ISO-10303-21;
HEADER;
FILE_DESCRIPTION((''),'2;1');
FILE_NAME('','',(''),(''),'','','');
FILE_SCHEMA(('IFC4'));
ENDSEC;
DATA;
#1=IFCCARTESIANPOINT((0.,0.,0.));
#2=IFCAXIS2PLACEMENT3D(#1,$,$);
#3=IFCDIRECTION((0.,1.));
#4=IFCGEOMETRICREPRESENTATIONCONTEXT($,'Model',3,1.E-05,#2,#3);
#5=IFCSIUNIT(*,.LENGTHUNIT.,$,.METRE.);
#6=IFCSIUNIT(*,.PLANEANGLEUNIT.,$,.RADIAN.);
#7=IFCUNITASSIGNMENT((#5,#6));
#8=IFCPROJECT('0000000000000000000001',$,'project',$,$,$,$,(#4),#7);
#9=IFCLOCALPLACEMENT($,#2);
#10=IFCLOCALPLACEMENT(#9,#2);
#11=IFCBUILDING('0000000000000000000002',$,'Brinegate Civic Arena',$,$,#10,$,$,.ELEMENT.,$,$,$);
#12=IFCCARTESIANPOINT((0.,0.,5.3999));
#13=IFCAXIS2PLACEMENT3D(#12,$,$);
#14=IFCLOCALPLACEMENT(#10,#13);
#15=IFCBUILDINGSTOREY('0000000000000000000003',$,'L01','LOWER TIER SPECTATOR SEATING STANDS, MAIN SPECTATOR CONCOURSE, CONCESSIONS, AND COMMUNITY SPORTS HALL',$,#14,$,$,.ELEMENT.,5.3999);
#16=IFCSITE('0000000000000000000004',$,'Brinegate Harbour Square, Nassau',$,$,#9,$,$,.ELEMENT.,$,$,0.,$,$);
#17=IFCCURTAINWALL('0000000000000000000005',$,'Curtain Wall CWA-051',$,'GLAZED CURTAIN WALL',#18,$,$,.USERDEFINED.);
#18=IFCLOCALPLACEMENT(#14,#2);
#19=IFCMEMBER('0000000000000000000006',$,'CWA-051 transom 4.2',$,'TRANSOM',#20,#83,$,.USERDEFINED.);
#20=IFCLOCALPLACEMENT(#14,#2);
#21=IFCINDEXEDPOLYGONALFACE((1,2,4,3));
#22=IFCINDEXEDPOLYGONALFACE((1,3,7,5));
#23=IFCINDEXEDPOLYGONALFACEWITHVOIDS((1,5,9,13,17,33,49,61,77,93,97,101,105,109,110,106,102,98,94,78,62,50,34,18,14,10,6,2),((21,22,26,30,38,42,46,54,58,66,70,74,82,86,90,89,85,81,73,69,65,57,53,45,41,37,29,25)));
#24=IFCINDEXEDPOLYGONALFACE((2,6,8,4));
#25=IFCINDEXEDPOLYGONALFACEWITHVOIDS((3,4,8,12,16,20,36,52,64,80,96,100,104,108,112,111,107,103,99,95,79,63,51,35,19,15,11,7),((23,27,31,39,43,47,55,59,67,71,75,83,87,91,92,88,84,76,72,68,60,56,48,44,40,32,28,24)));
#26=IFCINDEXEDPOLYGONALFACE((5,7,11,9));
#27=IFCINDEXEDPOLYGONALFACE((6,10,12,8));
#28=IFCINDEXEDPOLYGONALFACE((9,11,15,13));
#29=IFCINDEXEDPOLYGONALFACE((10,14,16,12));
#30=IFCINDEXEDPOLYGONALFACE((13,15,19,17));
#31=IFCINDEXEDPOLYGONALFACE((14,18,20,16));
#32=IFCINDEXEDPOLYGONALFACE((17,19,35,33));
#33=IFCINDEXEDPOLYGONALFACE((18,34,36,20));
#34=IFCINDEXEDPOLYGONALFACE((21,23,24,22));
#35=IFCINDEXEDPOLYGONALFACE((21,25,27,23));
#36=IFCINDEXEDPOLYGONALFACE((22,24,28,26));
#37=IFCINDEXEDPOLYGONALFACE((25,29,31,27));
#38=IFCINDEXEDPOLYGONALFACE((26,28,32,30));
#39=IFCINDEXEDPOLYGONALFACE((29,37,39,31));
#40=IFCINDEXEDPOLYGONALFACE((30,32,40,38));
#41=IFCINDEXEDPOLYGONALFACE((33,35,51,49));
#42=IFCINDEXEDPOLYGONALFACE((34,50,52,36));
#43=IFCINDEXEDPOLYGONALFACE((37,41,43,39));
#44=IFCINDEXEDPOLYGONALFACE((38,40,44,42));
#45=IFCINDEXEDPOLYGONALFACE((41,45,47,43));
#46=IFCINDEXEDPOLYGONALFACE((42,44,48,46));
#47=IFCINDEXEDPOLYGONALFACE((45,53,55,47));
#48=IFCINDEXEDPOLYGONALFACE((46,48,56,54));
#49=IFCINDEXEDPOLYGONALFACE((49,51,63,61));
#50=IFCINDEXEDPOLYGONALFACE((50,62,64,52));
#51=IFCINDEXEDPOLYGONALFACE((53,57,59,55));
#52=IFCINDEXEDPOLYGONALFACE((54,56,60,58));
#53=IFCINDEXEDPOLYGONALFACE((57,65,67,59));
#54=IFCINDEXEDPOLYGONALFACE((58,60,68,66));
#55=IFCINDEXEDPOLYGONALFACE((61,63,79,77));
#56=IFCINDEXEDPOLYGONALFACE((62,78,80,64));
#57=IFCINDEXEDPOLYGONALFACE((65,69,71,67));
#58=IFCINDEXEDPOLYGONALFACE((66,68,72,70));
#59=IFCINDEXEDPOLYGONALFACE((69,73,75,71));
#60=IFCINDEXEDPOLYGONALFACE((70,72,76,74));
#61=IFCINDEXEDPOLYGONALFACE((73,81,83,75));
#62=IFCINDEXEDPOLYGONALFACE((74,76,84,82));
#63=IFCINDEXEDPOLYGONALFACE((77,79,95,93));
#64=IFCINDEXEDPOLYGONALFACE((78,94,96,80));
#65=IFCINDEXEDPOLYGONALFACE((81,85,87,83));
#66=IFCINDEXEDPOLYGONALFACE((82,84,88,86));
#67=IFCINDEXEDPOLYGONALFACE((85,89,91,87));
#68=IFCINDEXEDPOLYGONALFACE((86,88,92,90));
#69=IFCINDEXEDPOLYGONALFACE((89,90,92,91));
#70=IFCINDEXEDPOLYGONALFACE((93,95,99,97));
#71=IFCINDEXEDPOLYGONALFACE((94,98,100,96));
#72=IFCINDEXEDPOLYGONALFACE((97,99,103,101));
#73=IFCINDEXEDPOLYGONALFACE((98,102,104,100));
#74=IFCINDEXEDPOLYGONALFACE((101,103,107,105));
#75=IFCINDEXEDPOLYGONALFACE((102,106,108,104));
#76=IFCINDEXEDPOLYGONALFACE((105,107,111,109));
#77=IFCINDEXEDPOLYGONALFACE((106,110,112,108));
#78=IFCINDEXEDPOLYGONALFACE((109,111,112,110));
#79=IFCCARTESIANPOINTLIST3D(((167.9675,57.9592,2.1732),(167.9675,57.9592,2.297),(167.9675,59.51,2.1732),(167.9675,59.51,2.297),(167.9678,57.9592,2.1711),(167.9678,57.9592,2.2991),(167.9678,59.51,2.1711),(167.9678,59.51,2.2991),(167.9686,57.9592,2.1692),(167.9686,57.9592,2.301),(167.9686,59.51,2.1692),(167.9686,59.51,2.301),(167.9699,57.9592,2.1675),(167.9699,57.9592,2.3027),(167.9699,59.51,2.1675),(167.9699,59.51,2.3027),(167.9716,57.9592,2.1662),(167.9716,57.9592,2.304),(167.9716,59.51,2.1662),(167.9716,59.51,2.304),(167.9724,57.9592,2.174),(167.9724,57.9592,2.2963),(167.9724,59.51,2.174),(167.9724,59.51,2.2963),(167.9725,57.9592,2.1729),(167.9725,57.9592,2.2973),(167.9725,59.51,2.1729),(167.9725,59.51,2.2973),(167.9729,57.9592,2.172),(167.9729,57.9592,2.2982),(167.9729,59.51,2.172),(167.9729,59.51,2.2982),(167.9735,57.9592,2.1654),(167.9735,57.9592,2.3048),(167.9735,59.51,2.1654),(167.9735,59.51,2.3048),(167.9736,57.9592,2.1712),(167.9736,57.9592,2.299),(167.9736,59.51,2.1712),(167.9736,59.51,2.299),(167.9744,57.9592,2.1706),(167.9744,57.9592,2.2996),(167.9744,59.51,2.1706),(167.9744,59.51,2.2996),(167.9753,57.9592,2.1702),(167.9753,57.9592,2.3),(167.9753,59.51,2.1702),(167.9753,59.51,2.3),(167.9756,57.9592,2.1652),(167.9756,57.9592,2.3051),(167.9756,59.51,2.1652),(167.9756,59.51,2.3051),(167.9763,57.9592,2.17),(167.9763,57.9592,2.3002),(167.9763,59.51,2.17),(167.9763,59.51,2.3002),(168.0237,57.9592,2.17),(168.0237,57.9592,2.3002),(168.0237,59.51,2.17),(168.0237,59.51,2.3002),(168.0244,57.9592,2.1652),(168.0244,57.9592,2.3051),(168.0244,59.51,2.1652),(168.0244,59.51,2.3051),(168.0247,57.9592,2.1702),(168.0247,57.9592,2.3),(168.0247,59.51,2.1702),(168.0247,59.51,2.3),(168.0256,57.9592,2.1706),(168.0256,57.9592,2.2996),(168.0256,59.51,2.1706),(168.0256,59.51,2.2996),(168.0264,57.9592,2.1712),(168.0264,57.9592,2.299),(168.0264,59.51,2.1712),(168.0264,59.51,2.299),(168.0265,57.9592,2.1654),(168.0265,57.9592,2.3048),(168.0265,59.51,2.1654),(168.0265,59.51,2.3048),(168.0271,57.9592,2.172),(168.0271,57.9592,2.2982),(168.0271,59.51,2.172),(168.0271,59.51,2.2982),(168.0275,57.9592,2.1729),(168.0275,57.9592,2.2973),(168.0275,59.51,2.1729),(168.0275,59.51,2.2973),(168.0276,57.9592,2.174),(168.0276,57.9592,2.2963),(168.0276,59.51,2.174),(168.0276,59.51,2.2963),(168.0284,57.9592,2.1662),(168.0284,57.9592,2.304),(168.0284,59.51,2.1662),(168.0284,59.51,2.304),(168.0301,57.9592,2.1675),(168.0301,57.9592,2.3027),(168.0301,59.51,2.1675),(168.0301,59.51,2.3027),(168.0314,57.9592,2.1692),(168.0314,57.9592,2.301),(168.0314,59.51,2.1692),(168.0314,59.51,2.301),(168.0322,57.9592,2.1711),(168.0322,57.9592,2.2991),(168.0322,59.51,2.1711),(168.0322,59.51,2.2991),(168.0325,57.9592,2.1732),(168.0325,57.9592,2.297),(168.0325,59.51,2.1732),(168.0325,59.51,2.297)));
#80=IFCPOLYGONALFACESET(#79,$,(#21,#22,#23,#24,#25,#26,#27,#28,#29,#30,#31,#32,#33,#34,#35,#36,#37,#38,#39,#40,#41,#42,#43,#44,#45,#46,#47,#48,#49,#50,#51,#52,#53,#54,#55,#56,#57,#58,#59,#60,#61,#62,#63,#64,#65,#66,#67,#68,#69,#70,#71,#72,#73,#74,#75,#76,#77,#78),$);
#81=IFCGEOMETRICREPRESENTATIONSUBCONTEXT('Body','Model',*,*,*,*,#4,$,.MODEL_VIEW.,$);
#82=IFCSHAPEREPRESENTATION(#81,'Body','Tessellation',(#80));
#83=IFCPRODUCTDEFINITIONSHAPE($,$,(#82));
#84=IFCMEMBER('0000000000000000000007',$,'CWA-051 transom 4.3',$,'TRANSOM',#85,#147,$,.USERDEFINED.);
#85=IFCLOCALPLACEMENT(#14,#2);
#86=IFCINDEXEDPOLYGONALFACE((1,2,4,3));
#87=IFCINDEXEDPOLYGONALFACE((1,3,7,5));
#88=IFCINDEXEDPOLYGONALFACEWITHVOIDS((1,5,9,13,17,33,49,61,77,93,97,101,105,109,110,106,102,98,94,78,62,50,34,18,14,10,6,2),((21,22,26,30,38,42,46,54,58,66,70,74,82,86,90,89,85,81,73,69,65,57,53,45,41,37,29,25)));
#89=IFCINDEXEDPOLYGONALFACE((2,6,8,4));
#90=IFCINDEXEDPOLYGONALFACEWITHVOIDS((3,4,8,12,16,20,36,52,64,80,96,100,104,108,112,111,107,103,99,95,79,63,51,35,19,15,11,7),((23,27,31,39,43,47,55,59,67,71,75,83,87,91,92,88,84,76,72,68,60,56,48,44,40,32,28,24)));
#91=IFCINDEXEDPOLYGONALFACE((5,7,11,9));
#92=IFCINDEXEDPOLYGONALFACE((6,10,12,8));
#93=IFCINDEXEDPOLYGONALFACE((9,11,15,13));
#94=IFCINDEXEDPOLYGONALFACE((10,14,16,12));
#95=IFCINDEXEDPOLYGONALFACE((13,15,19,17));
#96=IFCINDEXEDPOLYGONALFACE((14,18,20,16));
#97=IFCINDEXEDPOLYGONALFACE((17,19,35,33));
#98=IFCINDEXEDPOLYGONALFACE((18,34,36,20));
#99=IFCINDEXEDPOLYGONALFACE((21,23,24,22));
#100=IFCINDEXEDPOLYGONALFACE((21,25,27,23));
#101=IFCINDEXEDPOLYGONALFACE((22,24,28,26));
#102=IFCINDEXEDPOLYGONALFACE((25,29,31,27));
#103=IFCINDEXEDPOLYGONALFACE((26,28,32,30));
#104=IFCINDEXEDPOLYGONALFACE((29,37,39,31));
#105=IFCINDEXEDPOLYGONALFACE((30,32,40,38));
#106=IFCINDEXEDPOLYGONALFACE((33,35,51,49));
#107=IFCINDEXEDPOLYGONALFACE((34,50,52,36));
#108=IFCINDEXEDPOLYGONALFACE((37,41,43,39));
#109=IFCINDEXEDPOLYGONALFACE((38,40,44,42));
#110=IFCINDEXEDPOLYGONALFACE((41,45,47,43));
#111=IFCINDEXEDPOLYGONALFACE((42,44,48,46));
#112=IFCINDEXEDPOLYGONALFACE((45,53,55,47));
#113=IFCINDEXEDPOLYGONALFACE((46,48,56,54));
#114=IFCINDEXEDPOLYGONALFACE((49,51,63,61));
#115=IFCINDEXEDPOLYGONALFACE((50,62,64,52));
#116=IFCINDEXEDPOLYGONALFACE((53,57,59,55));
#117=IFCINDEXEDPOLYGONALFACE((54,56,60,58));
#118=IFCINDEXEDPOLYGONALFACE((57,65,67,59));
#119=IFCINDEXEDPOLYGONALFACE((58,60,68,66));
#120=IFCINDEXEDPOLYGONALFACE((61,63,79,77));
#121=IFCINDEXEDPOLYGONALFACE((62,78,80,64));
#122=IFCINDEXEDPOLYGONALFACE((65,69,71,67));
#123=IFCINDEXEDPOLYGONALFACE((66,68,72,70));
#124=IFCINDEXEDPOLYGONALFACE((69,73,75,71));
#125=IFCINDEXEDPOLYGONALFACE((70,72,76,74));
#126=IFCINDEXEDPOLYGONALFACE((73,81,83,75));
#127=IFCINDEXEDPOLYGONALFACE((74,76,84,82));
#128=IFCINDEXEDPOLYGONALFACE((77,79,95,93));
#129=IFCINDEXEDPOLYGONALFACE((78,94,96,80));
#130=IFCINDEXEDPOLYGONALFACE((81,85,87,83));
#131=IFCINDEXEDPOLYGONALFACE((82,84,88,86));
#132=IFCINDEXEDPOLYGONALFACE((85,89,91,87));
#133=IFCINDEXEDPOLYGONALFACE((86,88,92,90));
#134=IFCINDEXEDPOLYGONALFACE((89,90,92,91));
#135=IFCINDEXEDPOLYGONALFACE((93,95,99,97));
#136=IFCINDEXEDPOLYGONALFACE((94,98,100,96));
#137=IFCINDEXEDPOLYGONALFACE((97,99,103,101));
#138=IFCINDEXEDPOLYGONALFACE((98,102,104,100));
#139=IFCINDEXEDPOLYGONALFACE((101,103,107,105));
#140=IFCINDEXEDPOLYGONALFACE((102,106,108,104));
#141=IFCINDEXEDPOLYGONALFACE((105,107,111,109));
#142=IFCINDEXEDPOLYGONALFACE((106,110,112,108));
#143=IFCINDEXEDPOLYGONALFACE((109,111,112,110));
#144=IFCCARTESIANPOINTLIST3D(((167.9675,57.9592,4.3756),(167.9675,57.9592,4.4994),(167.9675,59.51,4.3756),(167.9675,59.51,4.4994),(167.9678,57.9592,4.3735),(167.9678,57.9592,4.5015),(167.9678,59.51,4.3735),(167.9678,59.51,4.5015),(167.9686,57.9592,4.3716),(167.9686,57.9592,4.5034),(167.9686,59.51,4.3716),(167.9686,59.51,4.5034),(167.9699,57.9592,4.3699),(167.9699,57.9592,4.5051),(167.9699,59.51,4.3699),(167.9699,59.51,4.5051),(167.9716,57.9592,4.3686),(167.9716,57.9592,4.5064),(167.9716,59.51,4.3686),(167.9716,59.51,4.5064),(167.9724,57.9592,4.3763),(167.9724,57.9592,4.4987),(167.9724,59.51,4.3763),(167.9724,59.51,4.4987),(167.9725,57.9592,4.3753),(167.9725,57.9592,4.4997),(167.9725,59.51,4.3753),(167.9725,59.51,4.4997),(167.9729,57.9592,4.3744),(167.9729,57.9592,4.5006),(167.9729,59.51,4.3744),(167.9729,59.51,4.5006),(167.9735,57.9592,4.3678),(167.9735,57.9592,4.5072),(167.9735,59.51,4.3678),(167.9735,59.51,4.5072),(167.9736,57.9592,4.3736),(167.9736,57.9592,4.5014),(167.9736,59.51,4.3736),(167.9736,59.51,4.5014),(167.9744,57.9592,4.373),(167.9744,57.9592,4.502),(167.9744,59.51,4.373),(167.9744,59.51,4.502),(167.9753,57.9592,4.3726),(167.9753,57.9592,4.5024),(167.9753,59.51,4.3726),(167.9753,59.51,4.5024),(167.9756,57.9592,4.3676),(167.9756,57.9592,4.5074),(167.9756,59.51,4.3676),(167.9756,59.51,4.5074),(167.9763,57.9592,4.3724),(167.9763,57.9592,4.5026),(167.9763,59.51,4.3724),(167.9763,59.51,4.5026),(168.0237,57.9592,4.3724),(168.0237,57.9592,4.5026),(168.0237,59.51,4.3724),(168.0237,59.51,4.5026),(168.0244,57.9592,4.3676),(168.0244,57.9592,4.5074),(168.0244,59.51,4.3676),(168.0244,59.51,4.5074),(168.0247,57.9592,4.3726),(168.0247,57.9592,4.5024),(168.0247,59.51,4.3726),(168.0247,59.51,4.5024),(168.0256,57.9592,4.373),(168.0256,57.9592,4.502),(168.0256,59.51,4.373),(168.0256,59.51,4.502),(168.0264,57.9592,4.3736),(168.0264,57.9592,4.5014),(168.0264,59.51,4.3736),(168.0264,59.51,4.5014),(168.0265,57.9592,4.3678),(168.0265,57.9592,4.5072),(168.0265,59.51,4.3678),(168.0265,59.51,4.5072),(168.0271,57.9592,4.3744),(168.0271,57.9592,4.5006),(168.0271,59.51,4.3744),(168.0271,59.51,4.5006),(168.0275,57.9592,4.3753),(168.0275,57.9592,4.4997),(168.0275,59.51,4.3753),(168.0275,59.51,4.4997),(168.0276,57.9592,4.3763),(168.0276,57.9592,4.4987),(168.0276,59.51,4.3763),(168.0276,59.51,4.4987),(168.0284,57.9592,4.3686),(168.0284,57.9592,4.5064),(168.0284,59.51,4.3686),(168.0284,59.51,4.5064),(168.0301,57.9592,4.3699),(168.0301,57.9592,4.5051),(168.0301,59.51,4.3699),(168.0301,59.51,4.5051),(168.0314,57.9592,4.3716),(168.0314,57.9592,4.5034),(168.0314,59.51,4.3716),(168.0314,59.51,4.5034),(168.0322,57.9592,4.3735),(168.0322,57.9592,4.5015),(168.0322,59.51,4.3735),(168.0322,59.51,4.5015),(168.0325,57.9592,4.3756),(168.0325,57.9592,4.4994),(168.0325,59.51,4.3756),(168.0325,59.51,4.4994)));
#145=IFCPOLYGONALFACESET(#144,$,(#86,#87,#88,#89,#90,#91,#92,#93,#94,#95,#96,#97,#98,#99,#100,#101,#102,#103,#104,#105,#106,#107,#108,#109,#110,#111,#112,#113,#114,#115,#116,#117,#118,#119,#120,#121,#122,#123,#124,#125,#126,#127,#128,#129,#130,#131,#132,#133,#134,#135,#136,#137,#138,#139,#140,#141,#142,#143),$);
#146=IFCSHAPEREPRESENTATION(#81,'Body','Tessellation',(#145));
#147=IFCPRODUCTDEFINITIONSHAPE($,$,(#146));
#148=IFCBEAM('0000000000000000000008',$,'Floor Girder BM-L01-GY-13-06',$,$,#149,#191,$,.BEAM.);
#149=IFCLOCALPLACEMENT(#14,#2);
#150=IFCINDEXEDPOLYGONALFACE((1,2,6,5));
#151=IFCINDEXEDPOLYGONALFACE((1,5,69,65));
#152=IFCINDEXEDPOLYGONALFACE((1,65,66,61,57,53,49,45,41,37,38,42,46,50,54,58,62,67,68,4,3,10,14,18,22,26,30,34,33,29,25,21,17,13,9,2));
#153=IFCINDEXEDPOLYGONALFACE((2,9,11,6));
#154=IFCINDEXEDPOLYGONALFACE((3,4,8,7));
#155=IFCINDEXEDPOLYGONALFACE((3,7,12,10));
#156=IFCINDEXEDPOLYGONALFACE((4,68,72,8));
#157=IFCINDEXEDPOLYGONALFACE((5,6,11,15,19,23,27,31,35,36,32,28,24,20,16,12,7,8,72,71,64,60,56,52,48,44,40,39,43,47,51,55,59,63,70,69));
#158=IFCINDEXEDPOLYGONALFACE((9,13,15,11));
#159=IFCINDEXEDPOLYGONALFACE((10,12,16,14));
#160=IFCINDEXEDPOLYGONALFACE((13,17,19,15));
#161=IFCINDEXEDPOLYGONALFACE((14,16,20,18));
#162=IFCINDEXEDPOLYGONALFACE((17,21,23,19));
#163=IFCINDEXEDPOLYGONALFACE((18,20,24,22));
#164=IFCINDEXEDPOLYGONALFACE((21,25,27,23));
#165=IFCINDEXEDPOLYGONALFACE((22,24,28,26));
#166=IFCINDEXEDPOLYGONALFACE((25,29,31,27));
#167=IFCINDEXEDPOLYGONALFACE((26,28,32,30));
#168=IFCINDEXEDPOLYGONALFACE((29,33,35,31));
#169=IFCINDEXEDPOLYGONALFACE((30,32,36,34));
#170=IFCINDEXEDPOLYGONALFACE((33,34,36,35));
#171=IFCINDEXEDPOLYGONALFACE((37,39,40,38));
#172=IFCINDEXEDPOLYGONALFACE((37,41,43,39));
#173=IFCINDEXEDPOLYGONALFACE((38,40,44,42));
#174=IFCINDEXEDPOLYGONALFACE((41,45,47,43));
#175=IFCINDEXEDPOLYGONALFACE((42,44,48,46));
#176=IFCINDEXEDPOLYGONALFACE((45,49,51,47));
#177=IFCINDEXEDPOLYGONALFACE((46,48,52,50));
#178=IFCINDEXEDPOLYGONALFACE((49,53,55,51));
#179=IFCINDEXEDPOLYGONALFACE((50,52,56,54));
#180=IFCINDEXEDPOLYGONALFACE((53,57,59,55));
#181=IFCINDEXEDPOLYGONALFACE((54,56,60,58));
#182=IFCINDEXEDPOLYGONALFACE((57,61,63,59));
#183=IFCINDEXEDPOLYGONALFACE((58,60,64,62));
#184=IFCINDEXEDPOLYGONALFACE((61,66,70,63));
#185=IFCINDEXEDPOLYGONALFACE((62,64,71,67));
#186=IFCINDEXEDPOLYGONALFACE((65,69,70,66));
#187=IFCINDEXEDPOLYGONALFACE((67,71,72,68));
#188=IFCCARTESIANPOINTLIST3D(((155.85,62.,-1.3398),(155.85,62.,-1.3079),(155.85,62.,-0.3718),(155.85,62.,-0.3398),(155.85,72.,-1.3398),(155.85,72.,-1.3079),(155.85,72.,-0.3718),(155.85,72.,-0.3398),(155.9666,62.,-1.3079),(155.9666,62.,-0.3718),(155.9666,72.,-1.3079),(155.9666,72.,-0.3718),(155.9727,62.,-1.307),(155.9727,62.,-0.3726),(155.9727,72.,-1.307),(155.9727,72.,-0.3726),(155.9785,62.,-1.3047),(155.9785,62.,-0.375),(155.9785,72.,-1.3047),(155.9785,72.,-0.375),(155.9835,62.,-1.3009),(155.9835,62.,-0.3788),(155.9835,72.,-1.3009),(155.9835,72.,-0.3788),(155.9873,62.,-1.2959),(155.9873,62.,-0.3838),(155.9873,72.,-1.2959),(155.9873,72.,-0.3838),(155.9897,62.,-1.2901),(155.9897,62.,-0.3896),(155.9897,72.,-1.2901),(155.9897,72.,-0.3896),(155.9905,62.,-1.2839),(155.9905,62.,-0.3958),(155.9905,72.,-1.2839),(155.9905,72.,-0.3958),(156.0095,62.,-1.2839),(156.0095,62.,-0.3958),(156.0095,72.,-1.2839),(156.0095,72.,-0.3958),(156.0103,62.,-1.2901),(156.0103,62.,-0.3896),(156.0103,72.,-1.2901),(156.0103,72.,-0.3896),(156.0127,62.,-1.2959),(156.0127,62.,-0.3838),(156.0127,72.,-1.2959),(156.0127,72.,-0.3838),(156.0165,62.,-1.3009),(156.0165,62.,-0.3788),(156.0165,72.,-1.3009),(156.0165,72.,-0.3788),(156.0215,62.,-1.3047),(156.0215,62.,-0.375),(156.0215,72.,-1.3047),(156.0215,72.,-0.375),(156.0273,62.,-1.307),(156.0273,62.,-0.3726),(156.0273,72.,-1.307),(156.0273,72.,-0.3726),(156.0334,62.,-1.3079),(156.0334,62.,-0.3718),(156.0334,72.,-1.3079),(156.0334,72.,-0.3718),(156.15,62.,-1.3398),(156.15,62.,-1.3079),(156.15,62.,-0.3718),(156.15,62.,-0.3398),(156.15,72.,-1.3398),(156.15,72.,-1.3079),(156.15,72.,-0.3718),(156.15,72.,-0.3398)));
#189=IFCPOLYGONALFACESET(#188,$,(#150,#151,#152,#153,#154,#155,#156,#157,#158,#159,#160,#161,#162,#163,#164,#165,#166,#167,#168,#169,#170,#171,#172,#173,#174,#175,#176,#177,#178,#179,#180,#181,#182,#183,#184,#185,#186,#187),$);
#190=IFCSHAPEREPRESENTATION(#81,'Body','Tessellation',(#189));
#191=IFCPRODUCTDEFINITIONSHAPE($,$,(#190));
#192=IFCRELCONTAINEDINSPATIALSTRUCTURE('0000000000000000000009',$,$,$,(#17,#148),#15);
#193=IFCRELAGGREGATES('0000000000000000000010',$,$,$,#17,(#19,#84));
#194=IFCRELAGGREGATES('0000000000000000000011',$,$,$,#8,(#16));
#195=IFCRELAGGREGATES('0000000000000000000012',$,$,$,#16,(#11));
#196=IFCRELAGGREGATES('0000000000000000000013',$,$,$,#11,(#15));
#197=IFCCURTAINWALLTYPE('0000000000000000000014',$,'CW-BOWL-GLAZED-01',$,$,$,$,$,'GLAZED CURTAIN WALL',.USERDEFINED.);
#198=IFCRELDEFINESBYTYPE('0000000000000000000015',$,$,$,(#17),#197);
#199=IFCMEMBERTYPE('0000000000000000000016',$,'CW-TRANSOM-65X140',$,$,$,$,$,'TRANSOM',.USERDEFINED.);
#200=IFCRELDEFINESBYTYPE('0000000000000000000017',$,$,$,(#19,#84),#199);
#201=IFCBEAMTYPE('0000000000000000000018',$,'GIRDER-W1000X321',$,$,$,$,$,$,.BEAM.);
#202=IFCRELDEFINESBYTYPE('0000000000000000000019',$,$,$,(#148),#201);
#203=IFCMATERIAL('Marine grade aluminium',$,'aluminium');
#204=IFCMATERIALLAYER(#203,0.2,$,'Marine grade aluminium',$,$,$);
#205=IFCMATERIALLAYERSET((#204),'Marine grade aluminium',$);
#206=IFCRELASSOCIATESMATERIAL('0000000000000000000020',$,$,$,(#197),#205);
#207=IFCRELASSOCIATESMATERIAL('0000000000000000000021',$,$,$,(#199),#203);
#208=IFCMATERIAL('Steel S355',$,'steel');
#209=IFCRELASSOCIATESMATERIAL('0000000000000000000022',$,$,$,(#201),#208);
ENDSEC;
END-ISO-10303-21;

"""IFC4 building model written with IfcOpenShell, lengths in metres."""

from ifc_helpers import new_model, si_unit, direction, frame, origin, origin_2d, place, context, subcontext, project, spatial, hollow_rectangle, i_section, extrude, material, layer, layer_set, material_profile, profile_set, type_object, element, aggregate, save


model = new_model("IFC4")

# Units and contexts
model_context = context("Model", 3, precision=1e-05, world=origin(), true_north=direction((0.0, 1.0)))
body_context = subcontext(model_context, "Body", "Model", "MODEL_VIEW")
ifc_project = project(units=[si_unit("LENGTHUNIT", "METRE"), si_unit("PLANEANGLEUNIT", "RADIAN")], contexts=[model_context])

# Site, building, storey
site_placement = place(None, origin())
site = spatial("IfcSite", under=ifc_project, at=site_placement, Name="Brinegate Harbour Square, Nassau", CompositionType="ELEMENT", RefElevation=0.0)
building_placement = place(site_placement, origin())
building = spatial("IfcBuilding", under=site, at=building_placement, Name="Brinegate Civic Arena", CompositionType="ELEMENT")
storey_placement = place(building_placement, frame((0.0, 0.0, 5.3999)))
storey = spatial("IfcBuildingStorey", under=building, at=storey_placement, Name="L01", Description="LOWER TIER SPECTATOR SEATING STANDS, MAIN SPECTATOR CONCOURSE, CONCESSIONS, AND COMMUNITY SPORTS HALL", CompositionType="ELEMENT", Elevation=5.3999)

# Curtain wall, members
ifc_material_1 = material(Name="Marine grade aluminium", Category="aluminium")
ifc_layer_1 = layer(ifc_material_1, 0.2, Name="Marine grade aluminium")
ifc_layer_set_1 = layer_set([ifc_layer_1], Name="Marine grade aluminium")
curtain_wall_type = type_object("IfcCurtainWallType", Name="CW-BOWL-GLAZED-01", ElementType="GLAZED CURTAIN WALL", PredefinedType="USERDEFINED", material=ifc_layer_set_1)
curtain_wall_placement = place(storey_placement, origin())
curtain_wall = element("IfcCurtainWall", 1, at=curtain_wall_placement, inside=storey, type_object=curtain_wall_type, Name="Curtain Wall CWA-051", ObjectType="GLAZED CURTAIN WALL", PredefinedType="USERDEFINED")
ifc_material_profile_1 = material_profile(ifc_material_1, hollow_rectangle(XDim=0.0649, YDim=0.1399, WallThickness=0.0049, InnerFilletRadius=0.0039, OuterFilletRadius=0.0081, at=origin_2d()), Name="TRN65X140")
ifc_profile_set_1 = profile_set([ifc_material_profile_1], Name="Marine grade aluminium")
member_type_1 = type_object("IfcMemberType", Name="CW-TRANSOM-65X140", ElementType="TRANSOM", PredefinedType="USERDEFINED", material=ifc_profile_set_1)
member_1_placement = place(storey_placement, frame((168.0, 57.9592, 2.2351), z_axis=(0.0, 1.0, 0.0), x_axis=(-1.0, 0.0, 0.0)))
member_1 = element("IfcMember", 2, at=member_1_placement, type_object=member_type_1, Name="CWA-051 transom 4.2", ObjectType="TRANSOM", PredefinedType="USERDEFINED", context=body_context, shape_type="SweptSolid", body=[
    extrude(hollow_rectangle(XDim=0.0649, YDim=0.1399, WallThickness=0.0049, InnerFilletRadius=0.0039, OuterFilletRadius=0.0081, at=origin_2d()), origin(), (0.0, 0.0, 1.0), 1.5508),
])
member_2_placement = place(storey_placement, frame((168.0, 57.9592, 4.4375), z_axis=(0.0, 1.0, 0.0), x_axis=(-1.0, 0.0, 0.0)))
member_2 = element("IfcMember", 3, at=member_2_placement, type_object=member_type_1, Name="CWA-051 transom 4.3", ObjectType="TRANSOM", PredefinedType="USERDEFINED", context=body_context, shape_type="SweptSolid", body=[
    extrude(hollow_rectangle(XDim=0.0649, YDim=0.1399, WallThickness=0.0049, InnerFilletRadius=0.0039, OuterFilletRadius=0.0081, at=origin_2d()), origin(), (0.0, 0.0, 1.0), 1.5508),
])

# Beam
ifc_material_2 = material(Name="Steel S355", Category="steel")
ifc_material_profile_2 = material_profile(ifc_material_2, i_section(OverallWidth=0.3, OverallDepth=1.0, WebThickness=0.019, FlangeThickness=0.032, FilletRadius=0.0239, at=origin_2d()), Name="W1000X321")
ifc_profile_set_2 = profile_set([ifc_material_profile_2], Name="Steel S355")
beam_type_1 = type_object("IfcBeamType", Name="GIRDER-W1000X321", PredefinedType="BEAM", material=ifc_profile_set_2)
beam_1_placement = place(storey_placement, frame((156.0, 62.0, -0.8398), z_axis=(0.0, 1.0, 0.0), x_axis=(-1.0, 0.0, 0.0)))
element("IfcBeam", 4, at=beam_1_placement, inside=storey, type_object=beam_type_1, Name="Floor Girder BM-L01-GY-13-06", PredefinedType="BEAM", context=body_context, shape_type="SweptSolid", body=[
    extrude(i_section(OverallWidth=0.3, OverallDepth=1.0, WebThickness=0.019, FlangeThickness=0.032, FilletRadius=0.0239, at=origin_2d()), origin(), (0.0, 0.0, 1.0), 10.0),
])

aggregate(curtain_wall, [member_1, member_2])

save(model, "model.ifc")
